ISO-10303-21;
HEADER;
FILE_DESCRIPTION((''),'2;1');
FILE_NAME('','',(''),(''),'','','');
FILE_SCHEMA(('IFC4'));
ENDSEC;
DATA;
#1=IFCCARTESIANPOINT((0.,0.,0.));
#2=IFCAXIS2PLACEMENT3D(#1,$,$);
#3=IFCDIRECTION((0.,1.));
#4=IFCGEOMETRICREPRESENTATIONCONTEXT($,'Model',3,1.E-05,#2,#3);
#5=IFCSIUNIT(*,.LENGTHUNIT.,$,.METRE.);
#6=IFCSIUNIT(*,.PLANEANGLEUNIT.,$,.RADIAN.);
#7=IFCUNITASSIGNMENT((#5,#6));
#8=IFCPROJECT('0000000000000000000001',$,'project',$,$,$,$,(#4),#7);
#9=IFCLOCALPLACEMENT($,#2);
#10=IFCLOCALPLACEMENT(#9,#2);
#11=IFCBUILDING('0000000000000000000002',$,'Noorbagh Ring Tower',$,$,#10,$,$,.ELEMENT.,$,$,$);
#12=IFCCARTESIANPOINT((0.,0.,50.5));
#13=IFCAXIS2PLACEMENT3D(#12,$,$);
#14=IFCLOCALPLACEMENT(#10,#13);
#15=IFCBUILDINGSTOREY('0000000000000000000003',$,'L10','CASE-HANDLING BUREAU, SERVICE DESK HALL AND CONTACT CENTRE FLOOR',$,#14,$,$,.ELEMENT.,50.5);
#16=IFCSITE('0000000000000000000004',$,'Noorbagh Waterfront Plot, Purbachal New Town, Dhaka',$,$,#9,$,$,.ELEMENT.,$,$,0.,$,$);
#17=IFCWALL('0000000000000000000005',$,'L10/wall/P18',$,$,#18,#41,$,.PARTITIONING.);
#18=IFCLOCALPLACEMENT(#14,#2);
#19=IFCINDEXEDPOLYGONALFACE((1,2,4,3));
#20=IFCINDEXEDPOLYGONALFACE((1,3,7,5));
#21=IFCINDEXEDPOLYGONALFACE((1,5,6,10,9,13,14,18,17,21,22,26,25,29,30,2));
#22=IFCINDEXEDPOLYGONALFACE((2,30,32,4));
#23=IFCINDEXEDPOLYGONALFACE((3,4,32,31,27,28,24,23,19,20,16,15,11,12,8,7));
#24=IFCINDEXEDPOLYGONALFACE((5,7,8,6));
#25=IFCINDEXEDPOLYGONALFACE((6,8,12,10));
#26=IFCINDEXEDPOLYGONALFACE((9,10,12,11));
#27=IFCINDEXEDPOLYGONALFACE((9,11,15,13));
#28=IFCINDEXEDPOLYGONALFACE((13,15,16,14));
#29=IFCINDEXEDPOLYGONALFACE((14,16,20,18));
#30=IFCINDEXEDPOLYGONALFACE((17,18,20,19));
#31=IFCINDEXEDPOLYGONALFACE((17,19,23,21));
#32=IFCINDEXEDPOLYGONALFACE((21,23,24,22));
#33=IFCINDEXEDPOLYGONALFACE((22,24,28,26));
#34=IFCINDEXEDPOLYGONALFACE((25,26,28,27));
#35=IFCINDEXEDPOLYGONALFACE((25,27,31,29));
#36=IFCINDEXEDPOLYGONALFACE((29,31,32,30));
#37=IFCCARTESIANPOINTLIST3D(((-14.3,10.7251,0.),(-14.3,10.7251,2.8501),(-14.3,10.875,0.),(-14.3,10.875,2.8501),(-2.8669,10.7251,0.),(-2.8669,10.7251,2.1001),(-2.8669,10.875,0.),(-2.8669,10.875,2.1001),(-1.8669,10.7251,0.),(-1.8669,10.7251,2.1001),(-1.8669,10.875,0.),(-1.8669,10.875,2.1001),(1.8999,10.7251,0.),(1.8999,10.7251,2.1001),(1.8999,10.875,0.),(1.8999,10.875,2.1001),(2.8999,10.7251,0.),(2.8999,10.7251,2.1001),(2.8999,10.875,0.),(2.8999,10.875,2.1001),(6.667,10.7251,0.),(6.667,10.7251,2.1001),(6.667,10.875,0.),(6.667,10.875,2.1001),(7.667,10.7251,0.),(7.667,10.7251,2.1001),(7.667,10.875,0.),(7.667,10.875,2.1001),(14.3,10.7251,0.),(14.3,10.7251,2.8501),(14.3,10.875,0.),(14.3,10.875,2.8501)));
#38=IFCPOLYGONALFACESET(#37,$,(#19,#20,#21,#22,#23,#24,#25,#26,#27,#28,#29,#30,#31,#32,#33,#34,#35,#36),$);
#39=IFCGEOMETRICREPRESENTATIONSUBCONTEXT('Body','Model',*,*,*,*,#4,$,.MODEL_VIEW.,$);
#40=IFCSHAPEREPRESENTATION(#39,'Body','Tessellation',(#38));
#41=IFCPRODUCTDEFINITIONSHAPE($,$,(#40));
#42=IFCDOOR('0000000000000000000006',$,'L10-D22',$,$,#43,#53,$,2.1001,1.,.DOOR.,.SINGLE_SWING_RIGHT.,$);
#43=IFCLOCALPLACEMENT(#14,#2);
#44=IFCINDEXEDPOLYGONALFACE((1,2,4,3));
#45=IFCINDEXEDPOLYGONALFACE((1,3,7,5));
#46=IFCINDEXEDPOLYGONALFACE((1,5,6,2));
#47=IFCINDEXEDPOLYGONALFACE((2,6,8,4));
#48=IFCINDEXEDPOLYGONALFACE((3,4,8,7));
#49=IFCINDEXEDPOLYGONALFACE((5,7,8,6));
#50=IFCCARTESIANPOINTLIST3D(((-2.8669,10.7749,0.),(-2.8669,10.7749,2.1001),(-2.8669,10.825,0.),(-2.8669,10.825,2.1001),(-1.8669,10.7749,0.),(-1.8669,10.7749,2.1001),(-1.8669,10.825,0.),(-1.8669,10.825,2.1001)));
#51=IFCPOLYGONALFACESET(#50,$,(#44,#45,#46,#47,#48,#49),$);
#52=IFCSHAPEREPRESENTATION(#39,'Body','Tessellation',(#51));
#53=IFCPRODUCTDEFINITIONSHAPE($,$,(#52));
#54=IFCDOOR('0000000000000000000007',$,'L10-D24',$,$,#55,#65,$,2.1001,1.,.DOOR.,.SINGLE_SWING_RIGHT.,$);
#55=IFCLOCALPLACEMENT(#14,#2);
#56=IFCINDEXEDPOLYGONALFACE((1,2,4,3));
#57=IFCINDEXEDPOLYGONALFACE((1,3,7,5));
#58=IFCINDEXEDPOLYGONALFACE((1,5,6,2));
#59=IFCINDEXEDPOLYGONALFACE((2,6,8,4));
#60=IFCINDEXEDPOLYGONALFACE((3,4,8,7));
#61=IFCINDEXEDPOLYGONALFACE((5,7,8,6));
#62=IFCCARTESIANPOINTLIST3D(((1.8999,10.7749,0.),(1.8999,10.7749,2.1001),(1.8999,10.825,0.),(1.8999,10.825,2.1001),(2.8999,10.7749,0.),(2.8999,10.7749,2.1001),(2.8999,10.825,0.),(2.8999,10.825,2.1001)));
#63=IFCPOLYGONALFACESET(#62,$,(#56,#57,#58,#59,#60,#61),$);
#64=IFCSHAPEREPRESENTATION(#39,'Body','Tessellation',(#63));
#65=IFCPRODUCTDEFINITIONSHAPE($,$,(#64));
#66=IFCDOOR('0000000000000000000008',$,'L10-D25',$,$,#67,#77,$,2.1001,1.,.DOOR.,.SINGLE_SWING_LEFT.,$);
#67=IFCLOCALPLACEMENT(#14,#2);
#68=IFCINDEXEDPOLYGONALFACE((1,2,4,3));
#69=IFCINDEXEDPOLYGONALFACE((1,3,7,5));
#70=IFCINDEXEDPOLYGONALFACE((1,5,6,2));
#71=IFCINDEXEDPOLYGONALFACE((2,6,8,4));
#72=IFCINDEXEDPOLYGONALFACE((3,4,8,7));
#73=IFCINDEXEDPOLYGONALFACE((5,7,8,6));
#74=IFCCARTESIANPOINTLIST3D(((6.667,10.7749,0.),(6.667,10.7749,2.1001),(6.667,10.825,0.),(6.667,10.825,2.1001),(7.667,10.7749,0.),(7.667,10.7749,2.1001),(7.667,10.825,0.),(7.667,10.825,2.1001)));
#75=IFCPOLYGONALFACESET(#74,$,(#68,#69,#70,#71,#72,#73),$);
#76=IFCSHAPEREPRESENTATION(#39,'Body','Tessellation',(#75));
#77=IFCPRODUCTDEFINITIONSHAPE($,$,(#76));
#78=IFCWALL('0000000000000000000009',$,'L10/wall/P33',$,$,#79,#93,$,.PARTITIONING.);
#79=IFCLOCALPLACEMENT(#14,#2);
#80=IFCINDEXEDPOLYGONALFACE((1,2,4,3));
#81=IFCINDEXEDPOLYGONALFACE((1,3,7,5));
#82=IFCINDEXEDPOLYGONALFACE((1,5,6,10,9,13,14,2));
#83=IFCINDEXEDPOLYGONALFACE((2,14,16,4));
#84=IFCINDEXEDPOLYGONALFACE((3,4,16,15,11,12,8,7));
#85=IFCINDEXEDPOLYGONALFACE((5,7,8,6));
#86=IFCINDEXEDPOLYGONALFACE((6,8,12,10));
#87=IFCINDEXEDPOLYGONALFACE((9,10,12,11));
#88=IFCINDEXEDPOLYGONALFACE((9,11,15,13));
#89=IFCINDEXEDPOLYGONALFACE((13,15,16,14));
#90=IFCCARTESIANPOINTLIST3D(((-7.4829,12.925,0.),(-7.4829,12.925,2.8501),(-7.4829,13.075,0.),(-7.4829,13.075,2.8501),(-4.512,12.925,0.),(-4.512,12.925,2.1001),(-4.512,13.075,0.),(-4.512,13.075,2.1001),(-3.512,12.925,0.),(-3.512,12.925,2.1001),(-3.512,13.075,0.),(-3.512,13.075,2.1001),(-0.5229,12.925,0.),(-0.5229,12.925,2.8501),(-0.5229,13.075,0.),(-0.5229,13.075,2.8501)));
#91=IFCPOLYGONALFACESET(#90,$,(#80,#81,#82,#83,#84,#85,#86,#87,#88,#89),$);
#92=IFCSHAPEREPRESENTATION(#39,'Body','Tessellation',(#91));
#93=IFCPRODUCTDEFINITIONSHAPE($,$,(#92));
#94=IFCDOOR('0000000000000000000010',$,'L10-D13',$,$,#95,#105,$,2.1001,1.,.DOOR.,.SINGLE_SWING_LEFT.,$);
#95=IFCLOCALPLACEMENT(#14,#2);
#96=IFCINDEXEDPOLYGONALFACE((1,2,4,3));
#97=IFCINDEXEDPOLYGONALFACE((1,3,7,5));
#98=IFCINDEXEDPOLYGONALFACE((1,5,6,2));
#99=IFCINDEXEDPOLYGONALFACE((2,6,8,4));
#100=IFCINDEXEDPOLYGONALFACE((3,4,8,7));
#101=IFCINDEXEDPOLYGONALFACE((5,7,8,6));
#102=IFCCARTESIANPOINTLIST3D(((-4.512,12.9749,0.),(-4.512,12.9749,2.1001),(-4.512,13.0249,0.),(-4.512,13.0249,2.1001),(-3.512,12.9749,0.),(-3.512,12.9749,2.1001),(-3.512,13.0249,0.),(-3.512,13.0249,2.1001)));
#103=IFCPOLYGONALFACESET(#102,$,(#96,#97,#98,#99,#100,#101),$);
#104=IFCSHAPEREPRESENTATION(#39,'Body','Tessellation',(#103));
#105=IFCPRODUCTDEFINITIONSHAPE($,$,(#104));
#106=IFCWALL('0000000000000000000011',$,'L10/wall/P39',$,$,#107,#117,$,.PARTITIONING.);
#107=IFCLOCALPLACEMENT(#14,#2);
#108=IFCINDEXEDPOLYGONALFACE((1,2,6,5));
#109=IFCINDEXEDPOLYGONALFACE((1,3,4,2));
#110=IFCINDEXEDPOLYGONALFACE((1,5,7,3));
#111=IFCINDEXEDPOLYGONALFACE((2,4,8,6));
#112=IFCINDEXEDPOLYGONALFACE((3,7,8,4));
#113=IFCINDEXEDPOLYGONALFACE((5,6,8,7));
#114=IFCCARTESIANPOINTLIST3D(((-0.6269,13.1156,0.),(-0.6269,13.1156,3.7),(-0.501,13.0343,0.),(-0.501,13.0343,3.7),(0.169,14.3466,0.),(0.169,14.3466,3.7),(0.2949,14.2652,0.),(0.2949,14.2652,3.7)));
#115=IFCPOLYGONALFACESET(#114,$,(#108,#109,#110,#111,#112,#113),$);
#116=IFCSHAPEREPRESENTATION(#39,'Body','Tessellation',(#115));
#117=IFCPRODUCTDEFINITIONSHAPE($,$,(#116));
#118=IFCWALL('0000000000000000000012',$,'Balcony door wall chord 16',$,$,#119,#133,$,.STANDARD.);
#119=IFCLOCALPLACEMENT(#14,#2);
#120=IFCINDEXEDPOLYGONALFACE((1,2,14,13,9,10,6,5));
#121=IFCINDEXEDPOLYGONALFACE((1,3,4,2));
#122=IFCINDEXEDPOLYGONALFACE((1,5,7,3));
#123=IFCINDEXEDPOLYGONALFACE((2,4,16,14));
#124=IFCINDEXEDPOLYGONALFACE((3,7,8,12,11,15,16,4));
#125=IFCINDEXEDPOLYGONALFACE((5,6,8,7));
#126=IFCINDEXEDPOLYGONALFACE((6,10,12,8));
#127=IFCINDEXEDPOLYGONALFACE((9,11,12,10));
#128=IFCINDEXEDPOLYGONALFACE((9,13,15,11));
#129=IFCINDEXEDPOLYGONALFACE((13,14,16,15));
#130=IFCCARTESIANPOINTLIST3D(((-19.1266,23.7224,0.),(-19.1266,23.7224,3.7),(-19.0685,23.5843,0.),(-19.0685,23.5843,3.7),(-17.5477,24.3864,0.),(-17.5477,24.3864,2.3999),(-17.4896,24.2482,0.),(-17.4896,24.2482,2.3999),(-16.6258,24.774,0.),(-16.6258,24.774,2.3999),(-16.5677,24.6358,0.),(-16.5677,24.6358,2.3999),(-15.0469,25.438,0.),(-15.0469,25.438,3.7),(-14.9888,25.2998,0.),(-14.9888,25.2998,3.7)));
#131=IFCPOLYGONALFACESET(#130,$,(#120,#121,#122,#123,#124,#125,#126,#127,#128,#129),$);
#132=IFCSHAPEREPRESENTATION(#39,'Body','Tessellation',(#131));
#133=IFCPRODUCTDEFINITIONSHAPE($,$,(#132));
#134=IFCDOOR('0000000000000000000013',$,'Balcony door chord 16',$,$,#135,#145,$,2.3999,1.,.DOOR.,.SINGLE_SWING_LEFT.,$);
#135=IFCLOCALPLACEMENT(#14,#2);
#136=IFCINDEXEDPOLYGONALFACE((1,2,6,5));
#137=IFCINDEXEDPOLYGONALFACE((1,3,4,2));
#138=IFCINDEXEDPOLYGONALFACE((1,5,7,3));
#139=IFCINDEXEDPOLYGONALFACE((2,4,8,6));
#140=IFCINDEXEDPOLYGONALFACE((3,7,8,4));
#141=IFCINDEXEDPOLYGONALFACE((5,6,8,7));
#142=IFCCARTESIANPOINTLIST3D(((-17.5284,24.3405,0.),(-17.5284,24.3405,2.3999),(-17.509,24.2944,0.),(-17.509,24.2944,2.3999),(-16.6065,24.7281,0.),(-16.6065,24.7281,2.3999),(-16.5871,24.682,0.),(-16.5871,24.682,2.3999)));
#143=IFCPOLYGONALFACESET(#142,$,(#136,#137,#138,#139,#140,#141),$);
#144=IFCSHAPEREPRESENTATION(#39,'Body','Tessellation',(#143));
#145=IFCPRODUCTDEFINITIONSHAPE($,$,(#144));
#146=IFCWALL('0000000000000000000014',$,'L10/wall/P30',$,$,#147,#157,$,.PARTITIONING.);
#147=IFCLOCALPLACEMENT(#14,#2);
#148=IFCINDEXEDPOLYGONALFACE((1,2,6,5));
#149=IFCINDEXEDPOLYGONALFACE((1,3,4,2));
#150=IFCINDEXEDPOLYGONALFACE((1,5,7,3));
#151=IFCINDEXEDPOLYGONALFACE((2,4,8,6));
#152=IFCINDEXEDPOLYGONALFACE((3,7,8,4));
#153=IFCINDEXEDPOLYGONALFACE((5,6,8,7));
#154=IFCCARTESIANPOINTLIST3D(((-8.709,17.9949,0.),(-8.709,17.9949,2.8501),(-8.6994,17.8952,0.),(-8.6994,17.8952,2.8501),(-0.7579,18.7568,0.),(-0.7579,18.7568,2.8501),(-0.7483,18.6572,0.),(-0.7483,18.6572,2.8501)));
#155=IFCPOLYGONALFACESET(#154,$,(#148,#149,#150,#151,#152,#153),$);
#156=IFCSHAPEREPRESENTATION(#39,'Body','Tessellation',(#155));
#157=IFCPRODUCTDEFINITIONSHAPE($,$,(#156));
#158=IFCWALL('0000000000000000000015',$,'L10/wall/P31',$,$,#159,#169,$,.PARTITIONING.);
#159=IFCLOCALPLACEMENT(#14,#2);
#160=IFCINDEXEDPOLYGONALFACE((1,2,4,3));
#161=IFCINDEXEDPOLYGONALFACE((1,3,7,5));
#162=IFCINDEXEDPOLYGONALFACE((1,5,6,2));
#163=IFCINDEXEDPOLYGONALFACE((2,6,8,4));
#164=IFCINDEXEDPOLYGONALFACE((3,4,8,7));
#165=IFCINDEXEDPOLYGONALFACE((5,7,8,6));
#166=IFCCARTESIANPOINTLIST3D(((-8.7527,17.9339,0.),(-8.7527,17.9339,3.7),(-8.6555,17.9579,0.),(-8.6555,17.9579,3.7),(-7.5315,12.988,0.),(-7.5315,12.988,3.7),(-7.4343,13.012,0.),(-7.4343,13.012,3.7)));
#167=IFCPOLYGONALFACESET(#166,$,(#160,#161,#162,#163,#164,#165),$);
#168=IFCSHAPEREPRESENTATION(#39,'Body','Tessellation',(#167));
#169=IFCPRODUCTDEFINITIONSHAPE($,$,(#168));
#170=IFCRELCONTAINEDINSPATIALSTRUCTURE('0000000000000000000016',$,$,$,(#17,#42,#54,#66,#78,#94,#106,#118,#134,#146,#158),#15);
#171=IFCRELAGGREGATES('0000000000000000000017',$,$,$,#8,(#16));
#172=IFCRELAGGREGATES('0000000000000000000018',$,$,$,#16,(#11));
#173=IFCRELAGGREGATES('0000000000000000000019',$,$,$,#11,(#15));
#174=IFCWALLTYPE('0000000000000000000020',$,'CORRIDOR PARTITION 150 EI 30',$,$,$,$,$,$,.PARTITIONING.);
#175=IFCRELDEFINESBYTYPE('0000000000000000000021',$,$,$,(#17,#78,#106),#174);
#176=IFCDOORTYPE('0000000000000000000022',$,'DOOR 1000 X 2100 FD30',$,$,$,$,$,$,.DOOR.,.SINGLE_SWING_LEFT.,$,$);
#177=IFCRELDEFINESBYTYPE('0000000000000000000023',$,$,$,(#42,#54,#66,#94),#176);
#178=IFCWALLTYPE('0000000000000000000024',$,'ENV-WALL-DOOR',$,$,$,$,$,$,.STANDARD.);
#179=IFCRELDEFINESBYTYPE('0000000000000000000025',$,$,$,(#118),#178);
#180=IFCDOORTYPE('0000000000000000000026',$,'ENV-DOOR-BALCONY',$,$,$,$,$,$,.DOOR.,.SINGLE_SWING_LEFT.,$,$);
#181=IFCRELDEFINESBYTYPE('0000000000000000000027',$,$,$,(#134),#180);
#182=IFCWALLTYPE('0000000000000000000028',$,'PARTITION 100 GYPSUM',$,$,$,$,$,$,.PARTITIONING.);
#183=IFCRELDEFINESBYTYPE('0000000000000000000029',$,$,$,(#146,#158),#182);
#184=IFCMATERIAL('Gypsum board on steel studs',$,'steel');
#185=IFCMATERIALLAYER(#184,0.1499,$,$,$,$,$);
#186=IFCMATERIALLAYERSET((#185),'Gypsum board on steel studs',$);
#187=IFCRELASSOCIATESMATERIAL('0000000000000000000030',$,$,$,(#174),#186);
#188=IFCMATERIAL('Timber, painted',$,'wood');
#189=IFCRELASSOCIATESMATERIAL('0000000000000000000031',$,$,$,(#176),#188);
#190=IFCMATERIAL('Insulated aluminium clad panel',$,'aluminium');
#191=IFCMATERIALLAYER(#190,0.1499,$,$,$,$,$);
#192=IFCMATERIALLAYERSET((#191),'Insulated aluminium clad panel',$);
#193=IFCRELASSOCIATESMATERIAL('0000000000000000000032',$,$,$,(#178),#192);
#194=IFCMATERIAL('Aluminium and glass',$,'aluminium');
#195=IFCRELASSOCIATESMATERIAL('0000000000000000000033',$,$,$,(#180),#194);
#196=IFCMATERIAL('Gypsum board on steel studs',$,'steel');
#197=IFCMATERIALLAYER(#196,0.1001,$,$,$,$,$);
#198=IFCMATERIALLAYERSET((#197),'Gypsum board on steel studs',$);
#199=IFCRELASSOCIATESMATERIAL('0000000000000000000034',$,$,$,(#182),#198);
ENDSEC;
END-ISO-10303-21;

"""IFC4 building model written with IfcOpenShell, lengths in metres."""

from ifc_helpers import new_model, si_unit, direction, frame, frame_2d, origin, place, context, subcontext, project, spatial, rectangle, extrude, material, layer, layer_set, type_object, element, fill, save


model = new_model("IFC4")

# Units and contexts
model_context = context("Model", 3, precision=1e-05, world=origin(), true_north=direction((0.0, 1.0)))
body_context = subcontext(model_context, "Body", "Model", "MODEL_VIEW")
ifc_project = project(units=[si_unit("LENGTHUNIT", "METRE"), si_unit("PLANEANGLEUNIT", "RADIAN")], contexts=[model_context])

# Site, building, storey
site_placement = place(None, origin())
site = spatial("IfcSite", under=ifc_project, at=site_placement, Name="Noorbagh Waterfront Plot, Purbachal New Town, Dhaka", CompositionType="ELEMENT", RefElevation=0.0)
building_placement = place(site_placement, origin())
building = spatial("IfcBuilding", under=site, at=building_placement, Name="Noorbagh Ring Tower", CompositionType="ELEMENT")
storey_placement = place(building_placement, frame((0.0, 0.0, 50.5)))
storey = spatial("IfcBuildingStorey", under=building, at=storey_placement, Name="L10", Description="CASE-HANDLING BUREAU, SERVICE DESK HALL AND CONTACT CENTRE FLOOR", CompositionType="ELEMENT", Elevation=50.5)

# Shared definitions
ifc_material_1 = material(Name="Gypsum board on steel studs", Category="steel")
ifc_layer_1 = layer(ifc_material_1, 0.1499)
ifc_layer_set_1 = layer_set([ifc_layer_1], Name="Gypsum board on steel studs")
wall_type_1 = type_object("IfcWallType", Name="CORRIDOR PARTITION 150 EI 30", PredefinedType="PARTITIONING", material=ifc_layer_set_1)
ifc_material_2 = material(Name="Timber, painted", Category="wood")
door_type_1 = type_object("IfcDoorType", Name="DOOR 1000 X 2100 FD30", OperationType="SINGLE_SWING_LEFT", PredefinedType="DOOR", material=ifc_material_2)

# Wall, openings, doors
wall_1_placement = place(storey_placement, frame((-14.3, 10.8, 0.0), z_axis=(0.0, 0.0, 1.0), x_axis=(1.0, 0.0, 0.0)))
wall_1 = element("IfcWall", 1, at=wall_1_placement, inside=storey, type_object=wall_type_1, Name="L10/wall/P18", PredefinedType="PARTITIONING", context=body_context, shape_type="SweptSolid", body=[
    extrude(rectangle(XDim=28.6001, YDim=0.1499, at=frame_2d((14.3, 0.0))), origin(), (0.0, 0.0, 1.0), 2.8501),
])
opening_1_placement = place(wall_1_placement, frame((11.4331, 0.0, 0.0)))
opening_1 = element("IfcOpeningElement", 2, at=opening_1_placement, cuts=wall_1, PredefinedType="OPENING", context=body_context, shape_type="SweptSolid", body=[
    extrude(rectangle(XDim=1.0, YDim=2.1001, at=frame_2d((0.5, 1.05))), frame((0.0, 0.085, 0.0), z_axis=(0.0, -1.0, 0.0), x_axis=(1.0, 0.0, 0.0)), (0.0, 0.0, 1.0), 0.1699),
])
opening_2_placement = place(wall_1_placement, frame((16.2, 0.0, 0.0)))
opening_2 = element("IfcOpeningElement", 3, at=opening_2_placement, cuts=wall_1, PredefinedType="OPENING", context=body_context, shape_type="SweptSolid", body=[
    extrude(rectangle(XDim=1.0, YDim=2.1001, at=frame_2d((0.5, 1.05))), frame((0.0, 0.085, 0.0), z_axis=(0.0, -1.0, 0.0), x_axis=(1.0, 0.0, 0.0)), (0.0, 0.0, 1.0), 0.1699),
])
opening_3_placement = place(wall_1_placement, frame((20.967, 0.0, 0.0)))
opening_3 = element("IfcOpeningElement", 4, at=opening_3_placement, cuts=wall_1, PredefinedType="OPENING", context=body_context, shape_type="SweptSolid", body=[
    extrude(rectangle(XDim=1.0, YDim=2.1001, at=frame_2d((0.5, 1.05))), frame((0.0, 0.085, 0.0), z_axis=(0.0, -1.0, 0.0), x_axis=(1.0, 0.0, 0.0)), (0.0, 0.0, 1.0), 0.1699),
])
door_1_placement = place(opening_1_placement, origin())
door_1 = element("IfcDoor", 5, at=door_1_placement, inside=storey, type_object=door_type_1, Name="L10-D22", OperationType="SINGLE_SWING_RIGHT", OverallHeight=2.1001, OverallWidth=1.0, PredefinedType="DOOR", context=body_context, shape_type="SweptSolid", body=[
    extrude(rectangle(XDim=1.0, YDim=2.1001, at=frame_2d((0.5, 1.05))), frame((0.0, 0.0249, 0.0), z_axis=(0.0, -1.0, 0.0), x_axis=(1.0, 0.0, 0.0)), (0.0, 0.0, 1.0), 0.05),
])
fill(opening_1, door_1)
door_2_placement = place(opening_2_placement, origin())
door_2 = element("IfcDoor", 6, at=door_2_placement, inside=storey, type_object=door_type_1, Name="L10-D24", OperationType="SINGLE_SWING_RIGHT", OverallHeight=2.1001, OverallWidth=1.0, PredefinedType="DOOR", context=body_context, shape_type="SweptSolid", body=[
    extrude(rectangle(XDim=1.0, YDim=2.1001, at=frame_2d((0.5, 1.05))), frame((0.0, 0.0249, 0.0), z_axis=(0.0, -1.0, 0.0), x_axis=(1.0, 0.0, 0.0)), (0.0, 0.0, 1.0), 0.05),
])
fill(opening_2, door_2)
door_3_placement = place(opening_3_placement, origin())
door_3 = element("IfcDoor", 7, at=door_3_placement, inside=storey, type_object=door_type_1, Name="L10-D25", OperationType="SINGLE_SWING_LEFT", OverallHeight=2.1001, OverallWidth=1.0, PredefinedType="DOOR", context=body_context, shape_type="SweptSolid", body=[
    extrude(rectangle(XDim=1.0, YDim=2.1001, at=frame_2d((0.5, 1.05))), frame((0.0, 0.0249, 0.0), z_axis=(0.0, -1.0, 0.0), x_axis=(1.0, 0.0, 0.0)), (0.0, 0.0, 1.0), 0.05),
])
fill(opening_3, door_3)

# Wall, opening, door
wall_2_placement = place(storey_placement, frame((-7.4829, 13.0, 0.0), z_axis=(0.0, 0.0, 1.0), x_axis=(1.0, 0.0, 0.0)))
wall_2 = element("IfcWall", 8, at=wall_2_placement, inside=storey, type_object=wall_type_1, Name="L10/wall/P33", PredefinedType="PARTITIONING", context=body_context, shape_type="SweptSolid", body=[
    extrude(rectangle(XDim=6.96, YDim=0.1499, at=frame_2d((3.48, 0.0))), origin(), (0.0, 0.0, 1.0), 2.8501),
])
opening_4_placement = place(wall_2_placement, frame((2.9709, 0.0, 0.0)))
opening_4 = element("IfcOpeningElement", 9, at=opening_4_placement, cuts=wall_2, PredefinedType="OPENING", context=body_context, shape_type="SweptSolid", body=[
    extrude(rectangle(XDim=1.0, YDim=2.1001, at=frame_2d((0.5, 1.05))), frame((0.0, 0.085, 0.0), z_axis=(0.0, -1.0, 0.0), x_axis=(1.0, 0.0, 0.0)), (0.0, 0.0, 1.0), 0.1699),
])
door_4_placement = place(opening_4_placement, origin())
door_4 = element("IfcDoor", 10, at=door_4_placement, inside=storey, type_object=door_type_1, Name="L10-D13", OperationType="SINGLE_SWING_LEFT", OverallHeight=2.1001, OverallWidth=1.0, PredefinedType="DOOR", context=body_context, shape_type="SweptSolid", body=[
    extrude(rectangle(XDim=1.0, YDim=2.1001, at=frame_2d((0.5, 1.05))), frame((0.0, 0.0249, 0.0), z_axis=(0.0, -1.0, 0.0), x_axis=(1.0, 0.0, 0.0)), (0.0, 0.0, 1.0), 0.05),
])
fill(opening_4, door_4)

# Wall
wall_3_placement = place(storey_placement, frame((-0.564, 13.075, 0.0), z_axis=(0.0, 0.0, 1.0), x_axis=(0.542961, 0.839758, 0.0)))
element("IfcWall", 11, at=wall_3_placement, inside=storey, type_object=wall_type_1, Name="L10/wall/P39", PredefinedType="PARTITIONING", context=body_context, shape_type="SweptSolid", body=[
    extrude(rectangle(XDim=1.4658, YDim=0.1499, at=frame_2d((0.7329, 0.0))), origin(), (0.0, 0.0, 1.0), 3.7),
])

# Wall, opening, door
ifc_material_3 = material(Name="Insulated aluminium clad panel", Category="aluminium")
ifc_layer_2 = layer(ifc_material_3, 0.1499)
ifc_layer_set_2 = layer_set([ifc_layer_2], Name="Insulated aluminium clad panel")
wall_type_2 = type_object("IfcWallType", Name="ENV-WALL-DOOR", PredefinedType="STANDARD", material=ifc_layer_set_2)
wall_4_placement = place(storey_placement, frame((-15.0178, 25.3689, 0.0), z_axis=(0.0, 0.0, 1.0), x_axis=(-0.921817, -0.387625, 0.0)))
wall_4 = element("IfcWall", 12, at=wall_4_placement, inside=storey, type_object=wall_type_2, Name="Balcony door wall chord 16", PredefinedType="STANDARD", context=body_context, shape_type="SweptSolid", body=[
    extrude(rectangle(XDim=4.4258, YDim=0.1499, at=frame_2d((2.2129, 0.0))), origin(), (0.0, 0.0, 1.0), 3.7),
])
opening_5_placement = place(wall_4_placement, frame((1.7129, 0.0, 0.0)))
opening_5 = element("IfcOpeningElement", 13, at=opening_5_placement, cuts=wall_4, PredefinedType="OPENING", context=body_context, shape_type="SweptSolid", body=[
    extrude(rectangle(XDim=1.0, YDim=2.3999, at=frame_2d((0.5, 1.2))), frame((0.0, 0.085, 0.0), z_axis=(0.0, -1.0, 0.0), x_axis=(1.0, 0.0, 0.0)), (0.0, 0.0, 1.0), 0.1699),
])
ifc_material_4 = material(Name="Aluminium and glass", Category="aluminium")
door_type_2 = type_object("IfcDoorType", Name="ENV-DOOR-BALCONY", OperationType="SINGLE_SWING_LEFT", PredefinedType="DOOR", material=ifc_material_4)
door_5_placement = place(opening_5_placement, origin())
door_5 = element("IfcDoor", 14, at=door_5_placement, inside=storey, type_object=door_type_2, Name="Balcony door chord 16", OperationType="SINGLE_SWING_LEFT", OverallHeight=2.3999, OverallWidth=1.0, PredefinedType="DOOR", context=body_context, shape_type="SweptSolid", body=[
    extrude(rectangle(XDim=1.0, YDim=2.3999, at=frame_2d((0.5, 1.2))), frame((0.0, 0.0249, 0.0), z_axis=(0.0, -1.0, 0.0), x_axis=(1.0, 0.0, 0.0)), (0.0, 0.0, 1.0), 0.05),
])
fill(opening_5, door_5)

# Walls
ifc_material_5 = material(Name="Gypsum board on steel studs", Category="steel")
ifc_layer_3 = layer(ifc_material_5, 0.1001)
ifc_layer_set_3 = layer_set([ifc_layer_3], Name="Gypsum board on steel studs")
wall_type_3 = type_object("IfcWallType", Name="PARTITION 100 GYPSUM", PredefinedType="PARTITIONING", material=ifc_layer_set_3)
wall_5_placement = place(storey_placement, frame((-8.7041, 17.9451, 0.0), z_axis=(0.0, 0.0, 1.0), x_axis=(0.99544, 0.095393, 0.0)))
element("IfcWall", 15, at=wall_5_placement, inside=storey, type_object=wall_type_3, Name="L10/wall/P30", PredefinedType="PARTITIONING", context=body_context, shape_type="SweptSolid", body=[
    extrude(rectangle(XDim=7.9875, YDim=0.1001, at=frame_2d((3.9937, 0.0))), origin(), (0.0, 0.0, 1.0), 2.8501),
])
wall_6_placement = place(storey_placement, frame((-8.7041, 17.946, 0.0), z_axis=(0.0, 0.0, 1.0), x_axis=(0.239704, -0.970846, 0.0)))
element("IfcWall", 16, at=wall_6_placement, inside=storey, type_object=wall_type_3, Name="L10/wall/P31", PredefinedType="PARTITIONING", context=body_context, shape_type="SweptSolid", body=[
    extrude(rectangle(XDim=5.0945, YDim=0.1001, at=frame_2d((2.5474, 0.0))), origin(), (0.0, 0.0, 1.0), 3.7),
])

save(model, "model.ifc")
